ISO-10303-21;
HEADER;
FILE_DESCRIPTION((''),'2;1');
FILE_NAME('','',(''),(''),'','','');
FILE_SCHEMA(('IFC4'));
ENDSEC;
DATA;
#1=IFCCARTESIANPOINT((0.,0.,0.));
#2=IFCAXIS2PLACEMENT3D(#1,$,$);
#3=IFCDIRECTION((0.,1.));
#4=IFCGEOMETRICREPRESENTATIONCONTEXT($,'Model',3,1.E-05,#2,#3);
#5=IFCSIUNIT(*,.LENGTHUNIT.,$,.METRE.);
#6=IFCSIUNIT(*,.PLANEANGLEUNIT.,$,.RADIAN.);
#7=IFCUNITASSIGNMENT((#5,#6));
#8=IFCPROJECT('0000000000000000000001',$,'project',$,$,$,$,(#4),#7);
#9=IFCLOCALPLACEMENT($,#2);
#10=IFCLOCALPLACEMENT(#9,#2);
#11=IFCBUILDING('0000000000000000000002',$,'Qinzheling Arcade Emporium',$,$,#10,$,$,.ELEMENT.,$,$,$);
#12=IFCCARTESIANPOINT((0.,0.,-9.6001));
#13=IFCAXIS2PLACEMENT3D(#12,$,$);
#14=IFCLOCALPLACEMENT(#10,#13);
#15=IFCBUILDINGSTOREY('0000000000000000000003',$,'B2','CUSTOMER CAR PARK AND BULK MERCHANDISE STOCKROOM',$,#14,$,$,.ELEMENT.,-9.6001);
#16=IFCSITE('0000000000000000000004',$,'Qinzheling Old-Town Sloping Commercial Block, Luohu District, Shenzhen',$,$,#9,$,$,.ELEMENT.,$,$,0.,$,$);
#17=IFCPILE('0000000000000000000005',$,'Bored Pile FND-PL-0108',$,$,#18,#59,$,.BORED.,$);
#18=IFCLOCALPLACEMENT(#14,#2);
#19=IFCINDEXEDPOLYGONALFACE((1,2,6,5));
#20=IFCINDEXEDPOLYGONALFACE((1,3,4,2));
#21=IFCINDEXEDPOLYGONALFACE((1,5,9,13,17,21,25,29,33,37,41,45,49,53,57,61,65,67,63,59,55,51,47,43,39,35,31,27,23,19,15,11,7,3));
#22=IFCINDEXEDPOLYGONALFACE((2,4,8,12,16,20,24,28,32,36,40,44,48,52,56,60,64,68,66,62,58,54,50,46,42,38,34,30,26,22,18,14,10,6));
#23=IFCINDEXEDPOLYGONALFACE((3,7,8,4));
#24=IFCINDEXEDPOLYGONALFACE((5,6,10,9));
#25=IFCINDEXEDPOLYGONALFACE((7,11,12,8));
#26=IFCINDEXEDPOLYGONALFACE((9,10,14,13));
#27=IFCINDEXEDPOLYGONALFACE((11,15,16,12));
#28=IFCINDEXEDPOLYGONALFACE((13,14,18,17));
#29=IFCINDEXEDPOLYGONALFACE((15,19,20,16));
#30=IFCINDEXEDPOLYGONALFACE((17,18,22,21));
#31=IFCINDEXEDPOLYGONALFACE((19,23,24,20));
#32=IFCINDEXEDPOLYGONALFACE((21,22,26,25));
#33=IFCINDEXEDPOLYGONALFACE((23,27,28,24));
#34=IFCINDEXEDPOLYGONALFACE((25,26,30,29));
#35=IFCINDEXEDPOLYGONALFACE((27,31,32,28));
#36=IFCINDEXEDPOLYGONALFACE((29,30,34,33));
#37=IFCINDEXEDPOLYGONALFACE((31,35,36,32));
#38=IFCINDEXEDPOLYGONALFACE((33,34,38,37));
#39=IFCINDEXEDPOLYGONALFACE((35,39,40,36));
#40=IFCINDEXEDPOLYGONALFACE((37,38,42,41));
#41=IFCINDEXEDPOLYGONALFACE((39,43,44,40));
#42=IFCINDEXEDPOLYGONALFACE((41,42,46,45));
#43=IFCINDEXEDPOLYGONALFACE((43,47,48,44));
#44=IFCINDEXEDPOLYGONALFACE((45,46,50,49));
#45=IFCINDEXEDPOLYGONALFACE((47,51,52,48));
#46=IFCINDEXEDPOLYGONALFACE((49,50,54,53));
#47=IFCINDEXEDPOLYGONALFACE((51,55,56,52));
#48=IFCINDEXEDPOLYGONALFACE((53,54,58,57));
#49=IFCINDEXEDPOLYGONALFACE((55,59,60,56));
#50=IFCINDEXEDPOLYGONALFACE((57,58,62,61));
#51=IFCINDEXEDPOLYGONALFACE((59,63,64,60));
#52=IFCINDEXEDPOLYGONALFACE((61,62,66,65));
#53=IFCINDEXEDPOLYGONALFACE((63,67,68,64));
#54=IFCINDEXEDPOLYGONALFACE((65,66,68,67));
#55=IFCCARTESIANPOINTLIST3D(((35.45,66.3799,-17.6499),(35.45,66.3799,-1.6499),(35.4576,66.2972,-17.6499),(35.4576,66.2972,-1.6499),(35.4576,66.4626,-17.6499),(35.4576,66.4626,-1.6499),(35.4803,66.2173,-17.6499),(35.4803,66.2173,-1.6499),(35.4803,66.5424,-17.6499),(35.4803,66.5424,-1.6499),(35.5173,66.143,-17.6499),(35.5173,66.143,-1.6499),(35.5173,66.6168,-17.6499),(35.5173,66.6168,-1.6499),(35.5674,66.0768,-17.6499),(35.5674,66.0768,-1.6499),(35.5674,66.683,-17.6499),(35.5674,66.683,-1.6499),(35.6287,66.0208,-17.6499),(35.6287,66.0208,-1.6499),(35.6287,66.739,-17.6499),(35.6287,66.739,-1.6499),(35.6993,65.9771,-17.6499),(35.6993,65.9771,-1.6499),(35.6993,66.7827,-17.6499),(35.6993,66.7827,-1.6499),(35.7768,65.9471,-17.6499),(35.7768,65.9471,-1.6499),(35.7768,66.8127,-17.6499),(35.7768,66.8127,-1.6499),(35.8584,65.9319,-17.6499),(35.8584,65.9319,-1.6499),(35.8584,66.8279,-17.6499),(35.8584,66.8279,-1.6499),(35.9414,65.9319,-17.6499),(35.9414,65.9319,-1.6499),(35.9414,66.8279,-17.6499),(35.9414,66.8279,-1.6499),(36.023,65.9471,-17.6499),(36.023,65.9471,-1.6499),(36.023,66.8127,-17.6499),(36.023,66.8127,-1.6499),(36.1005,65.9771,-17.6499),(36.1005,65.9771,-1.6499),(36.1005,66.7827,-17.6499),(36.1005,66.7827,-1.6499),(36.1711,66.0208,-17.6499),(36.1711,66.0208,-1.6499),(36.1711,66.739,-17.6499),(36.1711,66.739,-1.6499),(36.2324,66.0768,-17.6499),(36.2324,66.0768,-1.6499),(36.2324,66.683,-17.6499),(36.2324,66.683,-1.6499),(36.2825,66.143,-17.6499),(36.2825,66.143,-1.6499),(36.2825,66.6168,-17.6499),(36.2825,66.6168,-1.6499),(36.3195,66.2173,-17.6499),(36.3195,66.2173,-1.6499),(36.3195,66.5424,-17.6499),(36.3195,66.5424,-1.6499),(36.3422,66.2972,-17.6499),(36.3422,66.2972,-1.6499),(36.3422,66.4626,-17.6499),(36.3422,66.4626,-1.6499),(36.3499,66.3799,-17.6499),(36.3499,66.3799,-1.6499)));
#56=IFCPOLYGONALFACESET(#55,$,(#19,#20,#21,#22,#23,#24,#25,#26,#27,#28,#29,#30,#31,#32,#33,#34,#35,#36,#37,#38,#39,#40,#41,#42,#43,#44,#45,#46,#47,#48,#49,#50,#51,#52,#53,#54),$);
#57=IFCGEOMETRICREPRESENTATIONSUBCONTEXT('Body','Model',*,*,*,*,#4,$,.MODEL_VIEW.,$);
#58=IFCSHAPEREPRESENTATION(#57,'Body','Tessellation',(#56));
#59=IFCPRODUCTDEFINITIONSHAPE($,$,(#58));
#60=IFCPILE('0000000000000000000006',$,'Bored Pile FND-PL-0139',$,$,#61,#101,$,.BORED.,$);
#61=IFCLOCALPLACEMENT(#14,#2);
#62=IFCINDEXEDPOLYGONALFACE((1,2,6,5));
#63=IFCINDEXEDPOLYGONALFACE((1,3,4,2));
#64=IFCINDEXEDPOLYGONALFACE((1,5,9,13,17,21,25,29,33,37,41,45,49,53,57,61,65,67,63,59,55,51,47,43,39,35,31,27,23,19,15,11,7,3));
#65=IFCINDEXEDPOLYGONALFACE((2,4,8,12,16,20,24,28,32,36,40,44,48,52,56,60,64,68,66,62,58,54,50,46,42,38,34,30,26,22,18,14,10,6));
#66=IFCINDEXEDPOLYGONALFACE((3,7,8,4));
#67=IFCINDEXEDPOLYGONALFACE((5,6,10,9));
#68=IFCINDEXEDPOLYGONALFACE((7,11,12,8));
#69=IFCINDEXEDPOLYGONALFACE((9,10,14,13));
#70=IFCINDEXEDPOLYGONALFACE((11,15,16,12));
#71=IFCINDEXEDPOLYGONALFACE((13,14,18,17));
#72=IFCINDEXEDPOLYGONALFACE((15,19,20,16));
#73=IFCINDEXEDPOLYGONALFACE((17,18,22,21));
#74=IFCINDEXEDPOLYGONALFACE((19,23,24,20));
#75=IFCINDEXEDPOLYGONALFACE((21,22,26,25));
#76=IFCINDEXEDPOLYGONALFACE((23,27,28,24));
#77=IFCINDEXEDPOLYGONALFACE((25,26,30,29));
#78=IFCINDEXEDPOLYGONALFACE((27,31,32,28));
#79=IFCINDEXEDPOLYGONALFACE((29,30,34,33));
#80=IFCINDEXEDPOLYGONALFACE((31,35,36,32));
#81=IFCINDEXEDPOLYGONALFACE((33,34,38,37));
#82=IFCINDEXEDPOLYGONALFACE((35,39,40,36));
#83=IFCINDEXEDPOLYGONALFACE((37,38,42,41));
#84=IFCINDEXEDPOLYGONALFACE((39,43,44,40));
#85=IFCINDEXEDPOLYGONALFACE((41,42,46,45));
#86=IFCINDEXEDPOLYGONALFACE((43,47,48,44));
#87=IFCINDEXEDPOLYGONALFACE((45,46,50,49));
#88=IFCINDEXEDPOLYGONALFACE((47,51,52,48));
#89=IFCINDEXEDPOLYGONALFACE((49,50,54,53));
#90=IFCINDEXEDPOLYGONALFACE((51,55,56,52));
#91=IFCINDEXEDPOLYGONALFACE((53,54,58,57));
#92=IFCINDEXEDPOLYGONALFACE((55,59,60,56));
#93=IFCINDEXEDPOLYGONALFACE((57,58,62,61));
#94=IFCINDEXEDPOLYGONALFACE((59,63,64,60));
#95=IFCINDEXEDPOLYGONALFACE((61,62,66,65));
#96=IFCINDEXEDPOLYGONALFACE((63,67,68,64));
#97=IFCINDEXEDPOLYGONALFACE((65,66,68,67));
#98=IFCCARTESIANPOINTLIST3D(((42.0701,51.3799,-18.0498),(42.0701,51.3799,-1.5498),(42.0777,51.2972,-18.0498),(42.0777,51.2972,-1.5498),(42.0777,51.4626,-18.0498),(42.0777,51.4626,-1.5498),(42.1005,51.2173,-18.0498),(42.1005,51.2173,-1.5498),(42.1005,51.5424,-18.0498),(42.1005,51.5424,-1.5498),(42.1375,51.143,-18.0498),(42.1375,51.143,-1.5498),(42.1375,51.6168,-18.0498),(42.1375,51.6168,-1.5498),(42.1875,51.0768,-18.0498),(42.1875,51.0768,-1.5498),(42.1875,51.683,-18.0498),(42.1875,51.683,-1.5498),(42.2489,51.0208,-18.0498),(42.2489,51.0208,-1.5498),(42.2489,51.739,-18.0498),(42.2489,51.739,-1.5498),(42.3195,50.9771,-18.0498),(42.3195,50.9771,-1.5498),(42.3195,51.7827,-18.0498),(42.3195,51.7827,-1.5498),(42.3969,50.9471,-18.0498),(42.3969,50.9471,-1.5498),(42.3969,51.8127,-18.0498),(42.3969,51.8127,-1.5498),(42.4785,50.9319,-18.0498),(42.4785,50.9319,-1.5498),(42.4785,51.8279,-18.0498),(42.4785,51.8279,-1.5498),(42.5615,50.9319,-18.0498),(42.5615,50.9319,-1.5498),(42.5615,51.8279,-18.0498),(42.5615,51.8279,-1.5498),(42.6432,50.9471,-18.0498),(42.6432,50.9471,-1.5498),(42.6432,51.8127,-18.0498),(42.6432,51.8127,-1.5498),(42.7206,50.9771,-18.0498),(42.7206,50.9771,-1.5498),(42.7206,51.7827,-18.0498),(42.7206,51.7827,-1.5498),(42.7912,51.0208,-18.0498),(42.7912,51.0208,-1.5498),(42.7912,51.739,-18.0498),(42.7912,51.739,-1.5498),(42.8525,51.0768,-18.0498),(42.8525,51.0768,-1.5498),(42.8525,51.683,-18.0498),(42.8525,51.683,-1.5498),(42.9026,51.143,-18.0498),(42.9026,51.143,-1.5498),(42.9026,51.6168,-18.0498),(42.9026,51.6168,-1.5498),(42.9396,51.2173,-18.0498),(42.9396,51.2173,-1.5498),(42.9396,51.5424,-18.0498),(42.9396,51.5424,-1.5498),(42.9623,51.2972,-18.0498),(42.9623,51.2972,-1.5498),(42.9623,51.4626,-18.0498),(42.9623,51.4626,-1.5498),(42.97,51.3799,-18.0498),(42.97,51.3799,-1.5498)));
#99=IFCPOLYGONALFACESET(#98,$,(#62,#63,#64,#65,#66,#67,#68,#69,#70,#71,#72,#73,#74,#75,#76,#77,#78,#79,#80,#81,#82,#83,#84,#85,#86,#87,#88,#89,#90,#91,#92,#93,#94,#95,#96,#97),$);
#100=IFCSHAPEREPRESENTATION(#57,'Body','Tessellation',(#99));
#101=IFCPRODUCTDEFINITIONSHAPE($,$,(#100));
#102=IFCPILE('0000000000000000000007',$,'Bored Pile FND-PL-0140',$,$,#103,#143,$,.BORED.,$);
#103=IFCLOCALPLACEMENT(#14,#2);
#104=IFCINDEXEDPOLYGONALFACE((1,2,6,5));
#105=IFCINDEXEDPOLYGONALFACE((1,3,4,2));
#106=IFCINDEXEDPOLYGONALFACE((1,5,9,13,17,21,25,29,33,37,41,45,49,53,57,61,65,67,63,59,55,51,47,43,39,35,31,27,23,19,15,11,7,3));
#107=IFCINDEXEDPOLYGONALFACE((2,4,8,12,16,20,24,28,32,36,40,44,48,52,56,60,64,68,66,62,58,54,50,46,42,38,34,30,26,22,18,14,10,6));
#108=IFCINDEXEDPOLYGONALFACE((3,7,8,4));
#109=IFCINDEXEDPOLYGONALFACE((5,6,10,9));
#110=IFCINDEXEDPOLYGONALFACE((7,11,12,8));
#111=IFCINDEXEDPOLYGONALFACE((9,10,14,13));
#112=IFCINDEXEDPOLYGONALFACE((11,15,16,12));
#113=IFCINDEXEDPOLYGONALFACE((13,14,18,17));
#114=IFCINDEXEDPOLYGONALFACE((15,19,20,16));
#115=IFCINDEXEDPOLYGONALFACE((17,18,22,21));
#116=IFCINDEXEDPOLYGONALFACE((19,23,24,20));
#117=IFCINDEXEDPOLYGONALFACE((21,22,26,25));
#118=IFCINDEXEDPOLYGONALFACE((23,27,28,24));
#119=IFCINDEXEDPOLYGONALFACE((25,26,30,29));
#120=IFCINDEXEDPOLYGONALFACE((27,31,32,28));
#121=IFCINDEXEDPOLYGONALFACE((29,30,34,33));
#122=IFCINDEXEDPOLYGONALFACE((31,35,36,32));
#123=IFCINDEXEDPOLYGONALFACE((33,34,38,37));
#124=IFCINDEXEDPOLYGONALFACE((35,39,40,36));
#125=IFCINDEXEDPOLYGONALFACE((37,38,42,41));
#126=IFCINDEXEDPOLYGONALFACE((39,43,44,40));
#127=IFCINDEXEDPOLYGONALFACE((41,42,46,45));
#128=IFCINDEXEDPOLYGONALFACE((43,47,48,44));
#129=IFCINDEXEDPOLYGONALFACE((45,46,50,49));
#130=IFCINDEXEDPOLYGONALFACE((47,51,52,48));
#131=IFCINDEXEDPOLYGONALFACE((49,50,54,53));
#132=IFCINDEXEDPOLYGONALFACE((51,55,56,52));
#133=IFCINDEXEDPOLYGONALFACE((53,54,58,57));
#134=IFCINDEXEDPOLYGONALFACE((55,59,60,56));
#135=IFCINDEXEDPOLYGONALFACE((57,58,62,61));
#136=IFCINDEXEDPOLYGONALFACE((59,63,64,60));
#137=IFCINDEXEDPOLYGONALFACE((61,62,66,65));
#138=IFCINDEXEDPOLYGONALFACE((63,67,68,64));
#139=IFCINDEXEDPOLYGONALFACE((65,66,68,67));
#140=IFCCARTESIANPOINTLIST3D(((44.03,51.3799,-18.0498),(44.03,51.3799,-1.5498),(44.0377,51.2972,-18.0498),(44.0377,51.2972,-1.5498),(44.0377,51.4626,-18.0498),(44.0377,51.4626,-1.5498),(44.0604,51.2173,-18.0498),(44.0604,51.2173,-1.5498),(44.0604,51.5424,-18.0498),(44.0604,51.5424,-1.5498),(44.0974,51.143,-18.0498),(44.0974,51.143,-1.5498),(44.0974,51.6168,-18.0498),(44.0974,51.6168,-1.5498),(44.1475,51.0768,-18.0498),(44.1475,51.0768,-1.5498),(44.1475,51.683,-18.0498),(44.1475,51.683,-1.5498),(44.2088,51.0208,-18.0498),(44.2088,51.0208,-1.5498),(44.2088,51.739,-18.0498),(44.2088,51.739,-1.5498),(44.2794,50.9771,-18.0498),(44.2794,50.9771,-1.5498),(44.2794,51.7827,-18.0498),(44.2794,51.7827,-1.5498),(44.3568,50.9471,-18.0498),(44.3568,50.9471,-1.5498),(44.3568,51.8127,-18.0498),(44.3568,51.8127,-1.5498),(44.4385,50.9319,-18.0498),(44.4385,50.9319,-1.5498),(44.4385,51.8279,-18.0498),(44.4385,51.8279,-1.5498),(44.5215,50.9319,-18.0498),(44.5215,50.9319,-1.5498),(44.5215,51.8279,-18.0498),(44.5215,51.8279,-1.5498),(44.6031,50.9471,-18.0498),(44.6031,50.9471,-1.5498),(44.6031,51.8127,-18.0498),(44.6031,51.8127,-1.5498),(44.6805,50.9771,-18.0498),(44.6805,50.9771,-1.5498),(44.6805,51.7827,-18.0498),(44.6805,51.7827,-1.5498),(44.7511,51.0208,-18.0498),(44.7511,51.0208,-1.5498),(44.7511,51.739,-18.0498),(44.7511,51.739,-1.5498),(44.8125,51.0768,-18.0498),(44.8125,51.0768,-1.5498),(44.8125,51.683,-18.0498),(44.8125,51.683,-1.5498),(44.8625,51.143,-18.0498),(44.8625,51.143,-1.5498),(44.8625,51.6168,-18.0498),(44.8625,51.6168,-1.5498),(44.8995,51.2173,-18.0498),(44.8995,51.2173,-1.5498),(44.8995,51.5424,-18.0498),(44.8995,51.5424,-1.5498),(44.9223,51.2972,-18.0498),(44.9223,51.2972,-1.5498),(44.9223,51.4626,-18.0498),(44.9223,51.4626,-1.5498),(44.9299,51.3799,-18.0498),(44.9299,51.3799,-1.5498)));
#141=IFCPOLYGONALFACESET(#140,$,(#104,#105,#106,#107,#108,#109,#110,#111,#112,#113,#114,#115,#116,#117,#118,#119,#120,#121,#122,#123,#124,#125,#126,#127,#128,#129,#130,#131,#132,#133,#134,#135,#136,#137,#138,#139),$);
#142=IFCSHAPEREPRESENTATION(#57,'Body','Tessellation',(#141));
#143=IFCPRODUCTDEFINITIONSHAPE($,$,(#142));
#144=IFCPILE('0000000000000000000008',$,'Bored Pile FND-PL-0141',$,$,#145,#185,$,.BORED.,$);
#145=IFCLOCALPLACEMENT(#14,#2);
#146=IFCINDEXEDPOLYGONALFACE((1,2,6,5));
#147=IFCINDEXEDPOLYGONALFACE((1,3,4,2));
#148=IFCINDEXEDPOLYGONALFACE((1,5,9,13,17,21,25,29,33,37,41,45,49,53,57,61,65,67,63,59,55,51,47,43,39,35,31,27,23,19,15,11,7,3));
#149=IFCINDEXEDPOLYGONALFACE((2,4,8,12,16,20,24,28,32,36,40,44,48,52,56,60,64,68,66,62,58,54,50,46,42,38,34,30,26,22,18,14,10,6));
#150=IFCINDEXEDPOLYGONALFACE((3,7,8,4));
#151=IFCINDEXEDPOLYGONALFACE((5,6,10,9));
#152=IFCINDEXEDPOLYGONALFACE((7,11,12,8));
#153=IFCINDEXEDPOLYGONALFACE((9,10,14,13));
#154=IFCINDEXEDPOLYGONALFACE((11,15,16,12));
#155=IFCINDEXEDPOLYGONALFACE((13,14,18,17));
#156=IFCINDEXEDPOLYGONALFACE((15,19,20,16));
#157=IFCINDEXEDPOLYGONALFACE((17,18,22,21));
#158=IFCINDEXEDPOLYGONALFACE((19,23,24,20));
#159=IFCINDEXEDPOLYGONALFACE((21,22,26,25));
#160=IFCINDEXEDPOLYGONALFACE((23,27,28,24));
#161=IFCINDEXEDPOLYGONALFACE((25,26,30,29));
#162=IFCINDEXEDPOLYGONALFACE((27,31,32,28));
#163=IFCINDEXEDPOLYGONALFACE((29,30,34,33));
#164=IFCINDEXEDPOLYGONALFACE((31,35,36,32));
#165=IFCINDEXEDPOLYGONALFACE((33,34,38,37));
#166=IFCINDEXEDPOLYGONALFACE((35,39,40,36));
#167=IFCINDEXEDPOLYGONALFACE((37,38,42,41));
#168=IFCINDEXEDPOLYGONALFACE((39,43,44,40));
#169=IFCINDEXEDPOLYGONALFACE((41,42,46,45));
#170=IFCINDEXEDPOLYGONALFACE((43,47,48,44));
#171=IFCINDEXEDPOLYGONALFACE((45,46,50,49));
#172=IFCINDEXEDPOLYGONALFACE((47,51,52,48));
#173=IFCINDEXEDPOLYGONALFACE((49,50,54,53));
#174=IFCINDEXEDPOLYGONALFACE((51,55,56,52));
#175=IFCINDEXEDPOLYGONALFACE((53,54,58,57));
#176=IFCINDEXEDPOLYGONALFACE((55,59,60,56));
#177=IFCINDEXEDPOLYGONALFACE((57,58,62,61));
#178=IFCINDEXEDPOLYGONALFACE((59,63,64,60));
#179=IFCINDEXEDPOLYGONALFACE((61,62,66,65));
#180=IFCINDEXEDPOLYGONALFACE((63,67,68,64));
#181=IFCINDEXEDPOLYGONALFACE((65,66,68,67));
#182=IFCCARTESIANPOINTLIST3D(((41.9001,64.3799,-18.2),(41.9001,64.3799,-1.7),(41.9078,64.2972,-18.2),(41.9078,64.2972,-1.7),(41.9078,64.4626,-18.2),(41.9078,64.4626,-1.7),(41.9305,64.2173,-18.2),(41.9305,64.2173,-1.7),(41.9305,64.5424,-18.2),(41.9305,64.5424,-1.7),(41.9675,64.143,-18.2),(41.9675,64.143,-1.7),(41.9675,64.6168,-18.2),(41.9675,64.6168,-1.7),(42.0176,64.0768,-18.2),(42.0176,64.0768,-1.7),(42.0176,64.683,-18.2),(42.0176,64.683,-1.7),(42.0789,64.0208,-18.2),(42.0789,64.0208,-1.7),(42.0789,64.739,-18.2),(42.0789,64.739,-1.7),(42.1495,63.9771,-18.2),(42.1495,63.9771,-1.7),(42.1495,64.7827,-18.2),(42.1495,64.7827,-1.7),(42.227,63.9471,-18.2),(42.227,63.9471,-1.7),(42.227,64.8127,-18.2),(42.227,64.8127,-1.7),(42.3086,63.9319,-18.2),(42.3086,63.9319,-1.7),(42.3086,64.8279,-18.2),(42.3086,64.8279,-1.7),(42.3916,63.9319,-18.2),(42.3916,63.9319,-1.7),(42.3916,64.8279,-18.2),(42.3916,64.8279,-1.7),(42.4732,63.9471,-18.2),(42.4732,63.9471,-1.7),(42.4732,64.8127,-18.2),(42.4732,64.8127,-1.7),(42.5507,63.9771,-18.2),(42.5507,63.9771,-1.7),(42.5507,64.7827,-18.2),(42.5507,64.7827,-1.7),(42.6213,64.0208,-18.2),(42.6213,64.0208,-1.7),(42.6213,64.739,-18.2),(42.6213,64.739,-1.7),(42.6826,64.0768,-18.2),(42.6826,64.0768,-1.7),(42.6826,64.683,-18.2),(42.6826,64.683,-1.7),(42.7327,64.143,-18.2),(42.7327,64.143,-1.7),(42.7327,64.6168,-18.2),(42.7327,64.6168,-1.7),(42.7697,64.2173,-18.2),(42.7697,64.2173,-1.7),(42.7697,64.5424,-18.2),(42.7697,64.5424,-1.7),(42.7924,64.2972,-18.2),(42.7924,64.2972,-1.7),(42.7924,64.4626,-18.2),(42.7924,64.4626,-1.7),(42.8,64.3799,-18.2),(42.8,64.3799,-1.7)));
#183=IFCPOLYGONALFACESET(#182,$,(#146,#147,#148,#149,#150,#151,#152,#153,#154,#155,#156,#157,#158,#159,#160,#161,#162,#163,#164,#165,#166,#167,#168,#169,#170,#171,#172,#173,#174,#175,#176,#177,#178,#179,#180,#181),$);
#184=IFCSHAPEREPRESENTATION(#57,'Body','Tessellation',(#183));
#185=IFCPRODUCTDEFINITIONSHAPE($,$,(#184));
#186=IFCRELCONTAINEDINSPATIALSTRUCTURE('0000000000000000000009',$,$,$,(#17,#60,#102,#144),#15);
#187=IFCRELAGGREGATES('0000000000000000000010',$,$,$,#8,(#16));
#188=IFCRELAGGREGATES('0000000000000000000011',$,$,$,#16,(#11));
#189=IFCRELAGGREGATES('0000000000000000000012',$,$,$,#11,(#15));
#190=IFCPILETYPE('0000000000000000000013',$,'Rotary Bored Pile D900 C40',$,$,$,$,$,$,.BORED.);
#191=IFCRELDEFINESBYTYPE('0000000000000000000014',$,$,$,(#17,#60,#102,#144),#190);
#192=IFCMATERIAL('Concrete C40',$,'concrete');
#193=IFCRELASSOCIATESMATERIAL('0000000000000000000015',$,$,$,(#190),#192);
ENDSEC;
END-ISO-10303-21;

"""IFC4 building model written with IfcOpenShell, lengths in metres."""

from ifc_helpers import new_model, si_unit, direction, frame, origin, origin_2d, place, context, subcontext, project, spatial, circle, extrude, material, material_profile, profile_set, type_object, element, save


model = new_model("IFC4")

# Units and contexts
model_context = context("Model", 3, precision=1e-05, world=origin(), true_north=direction((0.0, 1.0)))
body_context = subcontext(model_context, "Body", "Model", "MODEL_VIEW")
ifc_project = project(units=[si_unit("LENGTHUNIT", "METRE"), si_unit("PLANEANGLEUNIT", "RADIAN")], contexts=[model_context])

# Site, building, storey
site_placement = place(None, origin())
site = spatial("IfcSite", under=ifc_project, at=site_placement, Name="Qinzheling Old-Town Sloping Commercial Block, Luohu District, Shenzhen", CompositionType="ELEMENT", RefElevation=0.0)
building_placement = place(site_placement, origin())
building = spatial("IfcBuilding", under=site, at=building_placement, Name="Qinzheling Arcade Emporium", CompositionType="ELEMENT")
storey_placement = place(building_placement, frame((0.0, 0.0, -9.6001)))
storey = spatial("IfcBuildingStorey", under=building, at=storey_placement, Name="B2", Description="CUSTOMER CAR PARK AND BULK MERCHANDISE STOCKROOM", CompositionType="ELEMENT", Elevation=-9.6001)

# Shared definitions
ifc_material_1 = material(Name="Concrete C40", Category="concrete")

# Piles
ifc_material_profile_1 = material_profile(ifc_material_1, circle(Radius=0.45, at=origin_2d()), Name="BORED D900", Category="concrete")
ifc_profile_set_1 = profile_set([ifc_material_profile_1], Name="Concrete C40")
pile_type = type_object("IfcPileType", Name="Rotary Bored Pile D900 C40", PredefinedType="BORED", material=ifc_profile_set_1)
for number, where, z_axis, x_axis, name in (
    (1, (35.8999, 66.3799, -1.6499), (0.0, 0.0, -1.0), (1.0, 0.0, 0.0), "Bored Pile FND-PL-0108"),
):
    element("IfcPile", number, at=place(storey_placement, frame(where, z_axis=z_axis, x_axis=x_axis)), inside=storey, type_object=pile_type, Name=name, PredefinedType="BORED", context=body_context, shape_type="SweptSolid", body=[
        extrude(circle(Radius=0.45, at=origin_2d()), origin(), (0.0, 0.0, 1.0), 16.0),
    ])
for number, where, z_axis, x_axis, name in (
    (2, (42.52, 51.3799, -1.5498), (0.0, 0.0, -1.0), (1.0, 0.0, 0.0), "Bored Pile FND-PL-0139"),
    (3, (44.48, 51.3799, -1.5498), (0.0, 0.0, -1.0), (1.0, 0.0, 0.0), "Bored Pile FND-PL-0140"),
    (4, (42.3501, 64.3799, -1.7), (0.0, 0.0, -1.0), (1.0, 0.0, 0.0), "Bored Pile FND-PL-0141"),
):
    element("IfcPile", number, at=place(storey_placement, frame(where, z_axis=z_axis, x_axis=x_axis)), inside=storey, type_object=pile_type, Name=name, PredefinedType="BORED", context=body_context, shape_type="SweptSolid", body=[
        extrude(circle(Radius=0.45, at=origin_2d()), origin(), (0.0, 0.0, 1.0), 16.5),
    ])

save(model, "model.ifc")
